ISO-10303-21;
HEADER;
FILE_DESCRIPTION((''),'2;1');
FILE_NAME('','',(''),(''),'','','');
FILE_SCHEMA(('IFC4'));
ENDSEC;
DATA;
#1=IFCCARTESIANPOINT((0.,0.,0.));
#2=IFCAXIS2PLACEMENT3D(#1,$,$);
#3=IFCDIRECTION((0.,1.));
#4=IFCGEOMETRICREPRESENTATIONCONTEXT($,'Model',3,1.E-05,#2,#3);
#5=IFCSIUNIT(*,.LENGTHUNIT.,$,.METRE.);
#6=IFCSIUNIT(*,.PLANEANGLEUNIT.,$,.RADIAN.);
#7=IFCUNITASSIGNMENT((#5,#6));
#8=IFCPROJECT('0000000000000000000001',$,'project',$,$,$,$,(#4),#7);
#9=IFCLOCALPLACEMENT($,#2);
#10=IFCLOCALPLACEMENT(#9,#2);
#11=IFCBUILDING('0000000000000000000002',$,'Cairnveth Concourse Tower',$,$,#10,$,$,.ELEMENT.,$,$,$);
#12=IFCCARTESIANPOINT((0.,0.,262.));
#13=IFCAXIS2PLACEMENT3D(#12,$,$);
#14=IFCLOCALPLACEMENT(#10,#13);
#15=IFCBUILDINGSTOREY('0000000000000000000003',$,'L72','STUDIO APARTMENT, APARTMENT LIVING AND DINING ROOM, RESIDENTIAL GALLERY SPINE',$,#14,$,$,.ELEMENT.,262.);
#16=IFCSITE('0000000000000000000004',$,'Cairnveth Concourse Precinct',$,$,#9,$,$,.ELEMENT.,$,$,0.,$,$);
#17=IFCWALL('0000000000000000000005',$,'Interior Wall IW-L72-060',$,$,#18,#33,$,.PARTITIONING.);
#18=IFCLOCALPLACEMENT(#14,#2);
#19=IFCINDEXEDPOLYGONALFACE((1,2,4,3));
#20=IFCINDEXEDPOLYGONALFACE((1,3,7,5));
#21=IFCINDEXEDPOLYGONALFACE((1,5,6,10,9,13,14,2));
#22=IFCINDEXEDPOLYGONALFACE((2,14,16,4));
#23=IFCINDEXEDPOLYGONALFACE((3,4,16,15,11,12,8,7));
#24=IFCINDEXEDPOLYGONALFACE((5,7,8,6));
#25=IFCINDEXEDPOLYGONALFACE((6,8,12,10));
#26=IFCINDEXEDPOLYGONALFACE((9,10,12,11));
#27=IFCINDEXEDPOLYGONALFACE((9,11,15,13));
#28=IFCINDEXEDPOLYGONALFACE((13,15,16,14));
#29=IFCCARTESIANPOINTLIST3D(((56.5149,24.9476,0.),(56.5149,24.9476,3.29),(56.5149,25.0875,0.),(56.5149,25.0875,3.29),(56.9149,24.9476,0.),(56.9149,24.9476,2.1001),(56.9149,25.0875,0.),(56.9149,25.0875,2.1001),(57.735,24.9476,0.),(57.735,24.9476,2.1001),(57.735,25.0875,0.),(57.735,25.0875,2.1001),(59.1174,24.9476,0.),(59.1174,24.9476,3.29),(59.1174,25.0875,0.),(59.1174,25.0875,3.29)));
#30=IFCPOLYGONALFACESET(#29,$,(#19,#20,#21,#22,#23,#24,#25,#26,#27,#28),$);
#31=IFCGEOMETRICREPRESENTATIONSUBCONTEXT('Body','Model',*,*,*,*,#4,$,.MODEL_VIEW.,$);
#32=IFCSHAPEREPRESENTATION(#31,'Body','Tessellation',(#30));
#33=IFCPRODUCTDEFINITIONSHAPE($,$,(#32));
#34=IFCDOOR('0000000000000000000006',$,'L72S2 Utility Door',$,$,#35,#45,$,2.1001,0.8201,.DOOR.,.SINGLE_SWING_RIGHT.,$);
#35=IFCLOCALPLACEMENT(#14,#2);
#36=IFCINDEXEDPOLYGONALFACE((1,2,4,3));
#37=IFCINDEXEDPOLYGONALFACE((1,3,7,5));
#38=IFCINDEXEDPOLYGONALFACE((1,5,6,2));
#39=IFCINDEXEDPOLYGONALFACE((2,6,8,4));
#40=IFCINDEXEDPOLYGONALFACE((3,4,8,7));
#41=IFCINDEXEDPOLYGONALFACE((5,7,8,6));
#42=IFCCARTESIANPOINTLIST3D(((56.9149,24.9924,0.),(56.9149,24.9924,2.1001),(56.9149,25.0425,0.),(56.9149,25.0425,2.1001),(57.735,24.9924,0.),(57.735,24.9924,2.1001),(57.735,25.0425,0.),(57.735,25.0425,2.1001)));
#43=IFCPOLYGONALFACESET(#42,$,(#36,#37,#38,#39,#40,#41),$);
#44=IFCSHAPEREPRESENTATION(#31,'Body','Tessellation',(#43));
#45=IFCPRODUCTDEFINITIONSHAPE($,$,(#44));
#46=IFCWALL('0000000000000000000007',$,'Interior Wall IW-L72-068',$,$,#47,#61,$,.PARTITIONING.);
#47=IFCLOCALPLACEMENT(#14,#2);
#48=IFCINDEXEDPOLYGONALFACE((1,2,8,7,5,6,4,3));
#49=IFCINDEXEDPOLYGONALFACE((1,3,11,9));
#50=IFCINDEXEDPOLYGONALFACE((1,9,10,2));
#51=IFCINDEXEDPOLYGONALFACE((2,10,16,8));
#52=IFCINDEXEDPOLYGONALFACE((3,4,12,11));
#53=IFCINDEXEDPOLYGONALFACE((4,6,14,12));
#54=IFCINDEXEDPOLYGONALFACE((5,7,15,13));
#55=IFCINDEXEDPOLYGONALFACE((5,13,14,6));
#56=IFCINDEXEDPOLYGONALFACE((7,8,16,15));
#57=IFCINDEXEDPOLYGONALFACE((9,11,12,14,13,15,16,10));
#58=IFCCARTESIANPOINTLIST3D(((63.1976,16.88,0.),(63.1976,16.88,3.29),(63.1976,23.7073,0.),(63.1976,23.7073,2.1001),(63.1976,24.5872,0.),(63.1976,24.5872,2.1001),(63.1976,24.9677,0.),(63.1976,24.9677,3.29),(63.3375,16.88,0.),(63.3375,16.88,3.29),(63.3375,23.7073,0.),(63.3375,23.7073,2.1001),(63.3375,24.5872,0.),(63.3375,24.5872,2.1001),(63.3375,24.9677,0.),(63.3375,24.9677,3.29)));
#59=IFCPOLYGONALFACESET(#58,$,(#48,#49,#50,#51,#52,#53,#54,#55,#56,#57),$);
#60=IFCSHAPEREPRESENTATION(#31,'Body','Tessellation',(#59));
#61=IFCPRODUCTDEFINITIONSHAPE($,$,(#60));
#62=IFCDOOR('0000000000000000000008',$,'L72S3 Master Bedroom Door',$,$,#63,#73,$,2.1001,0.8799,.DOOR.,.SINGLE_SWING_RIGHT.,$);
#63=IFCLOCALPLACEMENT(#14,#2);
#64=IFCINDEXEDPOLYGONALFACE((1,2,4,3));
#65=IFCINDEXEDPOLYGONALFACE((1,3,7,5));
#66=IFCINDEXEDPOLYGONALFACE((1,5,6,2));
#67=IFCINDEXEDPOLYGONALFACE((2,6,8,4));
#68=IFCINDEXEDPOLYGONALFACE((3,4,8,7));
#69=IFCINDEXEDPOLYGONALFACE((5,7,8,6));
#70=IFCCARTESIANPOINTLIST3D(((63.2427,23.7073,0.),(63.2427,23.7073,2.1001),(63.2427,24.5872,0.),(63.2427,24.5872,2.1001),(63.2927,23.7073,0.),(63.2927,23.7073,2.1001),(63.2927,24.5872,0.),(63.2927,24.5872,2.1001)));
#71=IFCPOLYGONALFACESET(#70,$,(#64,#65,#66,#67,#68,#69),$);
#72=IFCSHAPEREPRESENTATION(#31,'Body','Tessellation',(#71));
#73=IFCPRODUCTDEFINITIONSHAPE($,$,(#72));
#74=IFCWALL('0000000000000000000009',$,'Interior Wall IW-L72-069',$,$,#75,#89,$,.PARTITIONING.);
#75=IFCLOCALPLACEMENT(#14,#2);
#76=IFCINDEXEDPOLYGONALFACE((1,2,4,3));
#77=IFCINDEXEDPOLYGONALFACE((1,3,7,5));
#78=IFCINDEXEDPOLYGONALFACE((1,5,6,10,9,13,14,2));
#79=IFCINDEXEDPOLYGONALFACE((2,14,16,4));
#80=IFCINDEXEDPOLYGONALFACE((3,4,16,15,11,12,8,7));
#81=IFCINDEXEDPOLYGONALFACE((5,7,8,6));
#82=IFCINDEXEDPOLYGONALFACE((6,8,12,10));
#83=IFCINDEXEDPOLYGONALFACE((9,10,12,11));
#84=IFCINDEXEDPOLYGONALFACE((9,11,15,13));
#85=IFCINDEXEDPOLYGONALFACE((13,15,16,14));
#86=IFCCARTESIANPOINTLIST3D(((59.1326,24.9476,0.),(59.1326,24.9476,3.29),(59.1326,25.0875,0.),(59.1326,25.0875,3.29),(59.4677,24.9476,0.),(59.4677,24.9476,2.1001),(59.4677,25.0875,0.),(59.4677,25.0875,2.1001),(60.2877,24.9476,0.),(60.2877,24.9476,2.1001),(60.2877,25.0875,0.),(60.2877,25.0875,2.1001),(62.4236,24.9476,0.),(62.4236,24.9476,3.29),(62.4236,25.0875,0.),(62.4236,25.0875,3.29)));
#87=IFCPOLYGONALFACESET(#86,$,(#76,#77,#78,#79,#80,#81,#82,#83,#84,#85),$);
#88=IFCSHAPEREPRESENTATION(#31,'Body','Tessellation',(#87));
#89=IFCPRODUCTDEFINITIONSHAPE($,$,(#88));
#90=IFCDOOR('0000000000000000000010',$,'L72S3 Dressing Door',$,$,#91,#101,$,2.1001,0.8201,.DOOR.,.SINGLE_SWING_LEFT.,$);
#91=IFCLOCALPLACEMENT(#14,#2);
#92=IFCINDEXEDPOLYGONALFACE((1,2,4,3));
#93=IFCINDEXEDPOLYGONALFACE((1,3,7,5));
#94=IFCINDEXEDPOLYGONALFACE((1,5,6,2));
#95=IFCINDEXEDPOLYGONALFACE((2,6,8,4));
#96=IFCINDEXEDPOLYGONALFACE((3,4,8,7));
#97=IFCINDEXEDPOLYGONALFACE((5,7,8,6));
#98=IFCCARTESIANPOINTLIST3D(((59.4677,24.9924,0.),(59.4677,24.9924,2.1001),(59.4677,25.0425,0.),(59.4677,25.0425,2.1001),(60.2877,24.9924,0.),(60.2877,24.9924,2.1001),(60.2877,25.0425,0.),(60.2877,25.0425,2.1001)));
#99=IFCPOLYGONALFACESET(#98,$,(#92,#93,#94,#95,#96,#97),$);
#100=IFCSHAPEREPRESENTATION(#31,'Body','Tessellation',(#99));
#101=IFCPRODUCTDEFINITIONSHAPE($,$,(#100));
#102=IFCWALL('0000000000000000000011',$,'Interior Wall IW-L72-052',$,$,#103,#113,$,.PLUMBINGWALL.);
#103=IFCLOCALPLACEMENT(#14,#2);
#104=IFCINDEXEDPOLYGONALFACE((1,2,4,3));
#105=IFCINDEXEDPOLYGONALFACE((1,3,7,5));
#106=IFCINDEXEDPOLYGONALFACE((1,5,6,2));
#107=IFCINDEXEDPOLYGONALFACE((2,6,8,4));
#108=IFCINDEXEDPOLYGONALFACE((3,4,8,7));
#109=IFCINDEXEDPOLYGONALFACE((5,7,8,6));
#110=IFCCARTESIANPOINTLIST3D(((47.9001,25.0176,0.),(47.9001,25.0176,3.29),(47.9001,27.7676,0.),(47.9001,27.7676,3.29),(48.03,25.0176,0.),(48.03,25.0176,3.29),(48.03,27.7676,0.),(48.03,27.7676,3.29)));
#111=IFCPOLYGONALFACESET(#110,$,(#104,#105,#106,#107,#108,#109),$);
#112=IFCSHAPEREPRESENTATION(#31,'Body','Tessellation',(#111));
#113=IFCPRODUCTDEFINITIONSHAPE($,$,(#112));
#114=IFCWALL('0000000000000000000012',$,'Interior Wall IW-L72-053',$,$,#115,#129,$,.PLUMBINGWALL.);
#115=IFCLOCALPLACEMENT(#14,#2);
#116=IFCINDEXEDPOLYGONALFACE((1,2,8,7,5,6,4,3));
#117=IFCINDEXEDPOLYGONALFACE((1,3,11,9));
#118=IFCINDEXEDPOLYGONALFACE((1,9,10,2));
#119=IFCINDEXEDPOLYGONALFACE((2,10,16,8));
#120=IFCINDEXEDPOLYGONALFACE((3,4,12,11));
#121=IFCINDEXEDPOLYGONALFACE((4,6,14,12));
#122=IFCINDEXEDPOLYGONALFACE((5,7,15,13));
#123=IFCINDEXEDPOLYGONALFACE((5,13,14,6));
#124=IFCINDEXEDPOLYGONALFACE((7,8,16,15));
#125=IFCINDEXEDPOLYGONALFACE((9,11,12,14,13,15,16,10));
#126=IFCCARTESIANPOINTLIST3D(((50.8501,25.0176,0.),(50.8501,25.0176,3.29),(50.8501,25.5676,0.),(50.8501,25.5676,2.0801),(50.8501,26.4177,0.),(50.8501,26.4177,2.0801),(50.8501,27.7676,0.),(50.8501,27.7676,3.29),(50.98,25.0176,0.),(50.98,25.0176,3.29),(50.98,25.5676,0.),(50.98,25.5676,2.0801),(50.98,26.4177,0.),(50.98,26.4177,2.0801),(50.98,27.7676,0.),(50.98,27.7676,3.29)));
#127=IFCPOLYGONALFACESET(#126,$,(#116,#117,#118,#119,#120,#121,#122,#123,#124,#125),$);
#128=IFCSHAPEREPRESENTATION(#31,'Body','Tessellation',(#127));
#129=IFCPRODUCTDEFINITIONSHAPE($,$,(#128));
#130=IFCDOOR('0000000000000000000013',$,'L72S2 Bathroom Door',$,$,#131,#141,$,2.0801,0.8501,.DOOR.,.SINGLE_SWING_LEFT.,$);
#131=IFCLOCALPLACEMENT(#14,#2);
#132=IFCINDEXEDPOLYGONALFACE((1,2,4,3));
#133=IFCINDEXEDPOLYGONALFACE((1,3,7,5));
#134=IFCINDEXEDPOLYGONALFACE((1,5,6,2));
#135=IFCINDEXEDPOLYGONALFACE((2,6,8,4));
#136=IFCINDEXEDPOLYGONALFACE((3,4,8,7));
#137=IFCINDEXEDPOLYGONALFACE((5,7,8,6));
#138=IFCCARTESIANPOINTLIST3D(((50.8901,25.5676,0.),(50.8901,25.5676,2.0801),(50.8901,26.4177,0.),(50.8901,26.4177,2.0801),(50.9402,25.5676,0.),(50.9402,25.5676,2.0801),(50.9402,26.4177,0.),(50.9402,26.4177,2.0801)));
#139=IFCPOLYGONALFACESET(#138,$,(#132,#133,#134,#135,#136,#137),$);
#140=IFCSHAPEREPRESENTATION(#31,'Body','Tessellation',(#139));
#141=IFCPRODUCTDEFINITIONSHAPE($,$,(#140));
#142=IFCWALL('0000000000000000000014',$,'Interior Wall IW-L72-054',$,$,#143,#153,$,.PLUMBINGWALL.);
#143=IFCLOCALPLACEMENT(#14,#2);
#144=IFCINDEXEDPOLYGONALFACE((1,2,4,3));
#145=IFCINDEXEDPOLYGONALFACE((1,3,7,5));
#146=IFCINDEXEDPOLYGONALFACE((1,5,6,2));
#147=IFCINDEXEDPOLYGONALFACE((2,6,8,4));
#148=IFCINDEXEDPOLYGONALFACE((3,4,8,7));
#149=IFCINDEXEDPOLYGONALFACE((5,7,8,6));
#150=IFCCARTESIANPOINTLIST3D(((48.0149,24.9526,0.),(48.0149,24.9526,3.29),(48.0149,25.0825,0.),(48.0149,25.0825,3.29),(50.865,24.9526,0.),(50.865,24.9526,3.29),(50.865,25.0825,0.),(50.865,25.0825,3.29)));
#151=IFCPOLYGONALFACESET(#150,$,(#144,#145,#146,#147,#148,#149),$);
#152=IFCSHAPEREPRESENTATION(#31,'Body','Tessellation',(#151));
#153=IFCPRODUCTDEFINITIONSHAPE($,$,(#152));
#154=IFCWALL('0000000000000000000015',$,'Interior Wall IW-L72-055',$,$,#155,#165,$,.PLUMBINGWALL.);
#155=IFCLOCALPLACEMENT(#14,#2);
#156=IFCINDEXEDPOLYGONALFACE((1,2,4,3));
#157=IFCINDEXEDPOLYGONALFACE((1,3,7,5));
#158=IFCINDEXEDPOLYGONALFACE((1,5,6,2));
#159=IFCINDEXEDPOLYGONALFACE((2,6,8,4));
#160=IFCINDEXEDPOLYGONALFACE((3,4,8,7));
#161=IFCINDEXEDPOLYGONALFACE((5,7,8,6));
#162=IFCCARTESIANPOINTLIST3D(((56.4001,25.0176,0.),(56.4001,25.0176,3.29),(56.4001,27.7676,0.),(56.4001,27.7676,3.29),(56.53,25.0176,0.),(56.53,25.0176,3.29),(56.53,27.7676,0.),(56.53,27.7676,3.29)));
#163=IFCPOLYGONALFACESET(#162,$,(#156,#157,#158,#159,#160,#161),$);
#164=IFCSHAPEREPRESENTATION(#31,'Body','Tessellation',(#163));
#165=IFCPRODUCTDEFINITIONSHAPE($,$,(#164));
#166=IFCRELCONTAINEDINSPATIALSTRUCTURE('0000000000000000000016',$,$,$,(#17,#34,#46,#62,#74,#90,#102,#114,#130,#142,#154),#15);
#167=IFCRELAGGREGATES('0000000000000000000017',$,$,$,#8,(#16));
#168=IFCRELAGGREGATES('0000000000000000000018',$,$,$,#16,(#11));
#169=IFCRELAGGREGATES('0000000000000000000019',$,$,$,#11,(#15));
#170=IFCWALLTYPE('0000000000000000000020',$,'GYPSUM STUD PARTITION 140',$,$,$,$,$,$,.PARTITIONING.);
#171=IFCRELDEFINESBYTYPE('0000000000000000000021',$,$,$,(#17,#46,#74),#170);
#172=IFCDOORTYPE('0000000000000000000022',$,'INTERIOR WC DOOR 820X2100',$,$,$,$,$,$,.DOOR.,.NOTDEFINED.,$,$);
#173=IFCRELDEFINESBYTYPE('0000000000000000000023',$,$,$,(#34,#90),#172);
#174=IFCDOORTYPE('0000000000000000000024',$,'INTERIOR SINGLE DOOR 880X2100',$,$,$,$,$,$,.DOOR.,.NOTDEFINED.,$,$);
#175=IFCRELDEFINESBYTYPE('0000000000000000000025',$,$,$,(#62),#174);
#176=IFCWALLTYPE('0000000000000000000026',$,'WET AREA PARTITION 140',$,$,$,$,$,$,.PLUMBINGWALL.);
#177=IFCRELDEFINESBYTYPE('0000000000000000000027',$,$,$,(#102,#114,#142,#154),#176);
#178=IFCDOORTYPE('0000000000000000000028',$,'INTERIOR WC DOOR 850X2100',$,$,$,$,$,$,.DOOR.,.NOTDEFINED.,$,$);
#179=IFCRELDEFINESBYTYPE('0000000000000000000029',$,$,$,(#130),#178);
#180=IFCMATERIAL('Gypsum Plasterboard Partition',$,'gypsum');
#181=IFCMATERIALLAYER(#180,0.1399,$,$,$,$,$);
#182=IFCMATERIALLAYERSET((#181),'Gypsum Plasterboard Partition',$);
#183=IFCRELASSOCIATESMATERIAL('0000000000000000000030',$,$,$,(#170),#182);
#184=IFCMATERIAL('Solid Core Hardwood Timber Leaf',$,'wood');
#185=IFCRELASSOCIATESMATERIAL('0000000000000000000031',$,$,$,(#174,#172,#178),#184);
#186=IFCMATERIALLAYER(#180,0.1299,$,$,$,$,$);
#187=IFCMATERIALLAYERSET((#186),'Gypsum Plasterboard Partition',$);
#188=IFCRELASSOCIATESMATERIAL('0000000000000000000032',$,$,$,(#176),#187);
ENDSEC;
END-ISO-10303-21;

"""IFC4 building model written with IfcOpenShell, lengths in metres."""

from ifc_helpers import new_model, si_unit, direction, frame, frame_2d, origin, place, context, subcontext, project, spatial, rectangle, extrude, material, layer, layer_set, type_object, element, fill, save


model = new_model("IFC4")

# Units and contexts
model_context = context("Model", 3, precision=1e-05, world=origin(), true_north=direction((0.0, 1.0)))
body_context = subcontext(model_context, "Body", "Model", "MODEL_VIEW")
ifc_project = project(units=[si_unit("LENGTHUNIT", "METRE"), si_unit("PLANEANGLEUNIT", "RADIAN")], contexts=[model_context])

# Site, building, storey
site_placement = place(None, origin())
site = spatial("IfcSite", under=ifc_project, at=site_placement, Name="Cairnveth Concourse Precinct", CompositionType="ELEMENT", RefElevation=0.0)
building_placement = place(site_placement, origin())
building = spatial("IfcBuilding", under=site, at=building_placement, Name="Cairnveth Concourse Tower", CompositionType="ELEMENT")
storey_placement = place(building_placement, frame((0.0, 0.0, 262.0)))
storey = spatial("IfcBuildingStorey", under=building, at=storey_placement, Name="L72", Description="STUDIO APARTMENT, APARTMENT LIVING AND DINING ROOM, RESIDENTIAL GALLERY SPINE", CompositionType="ELEMENT", Elevation=262.0)

# Shared definitions
ifc_material_1 = material(Name="Gypsum Plasterboard Partition", Category="gypsum")

# Walls, openings, doors
ifc_layer_1 = layer(ifc_material_1, 0.1399)
ifc_layer_set_1 = layer_set([ifc_layer_1], Name="Gypsum Plasterboard Partition")
wall_type_1 = type_object("IfcWallType", Name="GYPSUM STUD PARTITION 140", PredefinedType="PARTITIONING", material=ifc_layer_set_1)
ifc_material_2 = material(Name="Solid Core Hardwood Timber Leaf", Category="wood")
door_type_1 = type_object("IfcDoorType", Name="INTERIOR SINGLE DOOR 880X2100", OperationType="NOTDEFINED", PredefinedType="DOOR", material=ifc_material_2)
wall_1_placement = place(storey_placement, frame((56.5149, 25.0176, 0.0), z_axis=(0.0, 0.0, 1.0), x_axis=(1.0, 0.0, 0.0)))
wall_1 = element("IfcWall", 1, at=wall_1_placement, inside=storey, type_object=wall_type_1, Name="Interior Wall IW-L72-060", PredefinedType="PARTITIONING", context=body_context, shape_type="SweptSolid", body=[
    extrude(rectangle(XDim=2.6025, YDim=0.1399, at=frame_2d((1.3013, 0.0))), origin(), (0.0, 0.0, 1.0), 3.29),
])
opening_1_placement = place(wall_1_placement, frame((0.3999, 0.0, 0.0)))
opening_1 = element("IfcOpeningElement", 2, at=opening_1_placement, cuts=wall_1, PredefinedType="OPENING", context=body_context, shape_type="SweptSolid", body=[
    extrude(rectangle(XDim=0.8201, YDim=2.1001, at=frame_2d((0.4102, 1.05))), frame((0.0, 0.0798, 0.0), z_axis=(0.0, -1.0, 0.0), x_axis=(1.0, 0.0, 0.0)), (0.0, 0.0, 1.0), 0.1599),
])
door_type_2 = type_object("IfcDoorType", Name="INTERIOR WC DOOR 820X2100", OperationType="NOTDEFINED", PredefinedType="DOOR", material=ifc_material_2)
door_1_placement = place(opening_1_placement, origin())
door_1 = element("IfcDoor", 3, at=door_1_placement, inside=storey, type_object=door_type_2, Name="L72S2 Utility Door", OperationType="SINGLE_SWING_RIGHT", OverallHeight=2.1001, OverallWidth=0.8201, PredefinedType="DOOR", context=body_context, shape_type="SweptSolid", body=[
    extrude(rectangle(XDim=0.8201, YDim=2.1001, at=frame_2d((0.4102, 1.05))), frame((0.0, 0.0249, 0.0), z_axis=(0.0, -1.0, 0.0), x_axis=(1.0, 0.0, 0.0)), (0.0, 0.0, 1.0), 0.05),
])
fill(opening_1, door_1)
wall_2_placement = place(storey_placement, frame((63.2676, 16.8799, 0.0), z_axis=(0.0, 0.0, 1.0), x_axis=(0.0, 1.0, 0.0)))
wall_2 = element("IfcWall", 4, at=wall_2_placement, inside=storey, type_object=wall_type_1, Name="Interior Wall IW-L72-068", PredefinedType="PARTITIONING", context=body_context, shape_type="SweptSolid", body=[
    extrude(rectangle(XDim=8.0876, YDim=0.1399, at=frame_2d((4.0439, 0.0))), origin(), (0.0, 0.0, 1.0), 3.29),
])
opening_2_placement = place(wall_2_placement, frame((6.8274, 0.0, 0.0)))
opening_2 = element("IfcOpeningElement", 5, at=opening_2_placement, cuts=wall_2, PredefinedType="OPENING", context=body_context, shape_type="SweptSolid", body=[
    extrude(rectangle(XDim=0.8799, YDim=2.1001, at=frame_2d((0.4399, 1.05))), frame((0.0, 0.0798, 0.0), z_axis=(0.0, -1.0, 0.0), x_axis=(1.0, 0.0, 0.0)), (0.0, 0.0, 1.0), 0.1599),
])
door_2_placement = place(opening_2_placement, origin())
door_2 = element("IfcDoor", 6, at=door_2_placement, inside=storey, type_object=door_type_1, Name="L72S3 Master Bedroom Door", OperationType="SINGLE_SWING_RIGHT", OverallHeight=2.1001, OverallWidth=0.8799, PredefinedType="DOOR", context=body_context, shape_type="SweptSolid", body=[
    extrude(rectangle(XDim=0.8799, YDim=2.1001, at=frame_2d((0.4399, 1.05))), frame((0.0, 0.0249, 0.0), z_axis=(0.0, -1.0, 0.0), x_axis=(1.0, 0.0, 0.0)), (0.0, 0.0, 1.0), 0.05),
])
fill(opening_2, door_2)
wall_3_placement = place(storey_placement, frame((59.1326, 25.0176, 0.0), z_axis=(0.0, 0.0, 1.0), x_axis=(1.0, 0.0, 0.0)))
wall_3 = element("IfcWall", 7, at=wall_3_placement, inside=storey, type_object=wall_type_1, Name="Interior Wall IW-L72-069", PredefinedType="PARTITIONING", context=body_context, shape_type="SweptSolid", body=[
    extrude(rectangle(XDim=3.291, YDim=0.1399, at=frame_2d((1.6455, 0.0))), origin(), (0.0, 0.0, 1.0), 3.29),
])
opening_3_placement = place(wall_3_placement, frame((0.335, 0.0, 0.0)))
opening_3 = element("IfcOpeningElement", 8, at=opening_3_placement, cuts=wall_3, PredefinedType="OPENING", context=body_context, shape_type="SweptSolid", body=[
    extrude(rectangle(XDim=0.8201, YDim=2.1001, at=frame_2d((0.4102, 1.05))), frame((0.0, 0.0798, 0.0), z_axis=(0.0, -1.0, 0.0), x_axis=(1.0, 0.0, 0.0)), (0.0, 0.0, 1.0), 0.1599),
])
door_3_placement = place(opening_3_placement, origin())
door_3 = element("IfcDoor", 9, at=door_3_placement, inside=storey, type_object=door_type_2, Name="L72S3 Dressing Door", OperationType="SINGLE_SWING_LEFT", OverallHeight=2.1001, OverallWidth=0.8201, PredefinedType="DOOR", context=body_context, shape_type="SweptSolid", body=[
    extrude(rectangle(XDim=0.8201, YDim=2.1001, at=frame_2d((0.4102, 1.05))), frame((0.0, 0.0249, 0.0), z_axis=(0.0, -1.0, 0.0), x_axis=(1.0, 0.0, 0.0)), (0.0, 0.0, 1.0), 0.05),
])
fill(opening_3, door_3)

# Wall
ifc_layer_2 = layer(ifc_material_1, 0.1299)
ifc_layer_set_2 = layer_set([ifc_layer_2], Name="Gypsum Plasterboard Partition")
wall_type_2 = type_object("IfcWallType", Name="WET AREA PARTITION 140", PredefinedType="PLUMBINGWALL", material=ifc_layer_set_2)
wall_4_placement = place(storey_placement, frame((47.9651, 25.0176, 0.0), z_axis=(0.0, 0.0, 1.0), x_axis=(0.0, 1.0, 0.0)))
element("IfcWall", 10, at=wall_4_placement, inside=storey, type_object=wall_type_2, Name="Interior Wall IW-L72-052", PredefinedType="PLUMBINGWALL", context=body_context, shape_type="SweptSolid", body=[
    extrude(rectangle(XDim=2.75, YDim=0.1299, at=frame_2d((1.375, 0.0))), origin(), (0.0, 0.0, 1.0), 3.29),
])

# Wall, opening, door
wall_5_placement = place(storey_placement, frame((50.915, 25.0176, 0.0), z_axis=(0.0, 0.0, 1.0), x_axis=(0.0, 1.0, 0.0)))
wall_5 = element("IfcWall", 11, at=wall_5_placement, inside=storey, type_object=wall_type_2, Name="Interior Wall IW-L72-053", PredefinedType="PLUMBINGWALL", context=body_context, shape_type="SweptSolid", body=[
    extrude(rectangle(XDim=2.75, YDim=0.1299, at=frame_2d((1.375, 0.0))), origin(), (0.0, 0.0, 1.0), 3.29),
])
opening_4_placement = place(wall_5_placement, frame((0.55, 0.0, 0.0)))
opening_4 = element("IfcOpeningElement", 12, at=opening_4_placement, cuts=wall_5, PredefinedType="OPENING", context=body_context, shape_type="SweptSolid", body=[
    extrude(rectangle(XDim=0.8501, YDim=2.0801, at=frame_2d((0.425, 1.04))), frame((0.0, 0.075, 0.0), z_axis=(0.0, -1.0, 0.0), x_axis=(1.0, 0.0, 0.0)), (0.0, 0.0, 1.0), 0.1499),
])
door_type_3 = type_object("IfcDoorType", Name="INTERIOR WC DOOR 850X2100", OperationType="NOTDEFINED", PredefinedType="DOOR", material=ifc_material_2)
door_4_placement = place(opening_4_placement, origin())
door_4 = element("IfcDoor", 13, at=door_4_placement, inside=storey, type_object=door_type_3, Name="L72S2 Bathroom Door", OperationType="SINGLE_SWING_LEFT", OverallHeight=2.0801, OverallWidth=0.8501, PredefinedType="DOOR", context=body_context, shape_type="SweptSolid", body=[
    extrude(rectangle(XDim=0.8501, YDim=2.0801, at=frame_2d((0.425, 1.04))), frame((0.0, 0.0249, 0.0), z_axis=(0.0, -1.0, 0.0), x_axis=(1.0, 0.0, 0.0)), (0.0, 0.0, 1.0), 0.05),
])
fill(opening_4, door_4)

# Walls
wall_6_placement = place(storey_placement, frame((48.0149, 25.0176, 0.0), z_axis=(0.0, 0.0, 1.0), x_axis=(1.0, 0.0, 0.0)))
element("IfcWall", 14, at=wall_6_placement, inside=storey, type_object=wall_type_2, Name="Interior Wall IW-L72-054", PredefinedType="PLUMBINGWALL", context=body_context, shape_type="SweptSolid", body=[
    extrude(rectangle(XDim=2.8501, YDim=0.1299, at=frame_2d((1.425, 0.0))), origin(), (0.0, 0.0, 1.0), 3.29),
])
wall_7_placement = place(storey_placement, frame((56.4651, 25.0176, 0.0), z_axis=(0.0, 0.0, 1.0), x_axis=(0.0, 1.0, 0.0)))
element("IfcWall", 15, at=wall_7_placement, inside=storey, type_object=wall_type_2, Name="Interior Wall IW-L72-055", PredefinedType="PLUMBINGWALL", context=body_context, shape_type="SweptSolid", body=[
    extrude(rectangle(XDim=2.75, YDim=0.1299, at=frame_2d((1.375, 0.0))), origin(), (0.0, 0.0, 1.0), 3.29),
])

save(model, "model.ifc")
